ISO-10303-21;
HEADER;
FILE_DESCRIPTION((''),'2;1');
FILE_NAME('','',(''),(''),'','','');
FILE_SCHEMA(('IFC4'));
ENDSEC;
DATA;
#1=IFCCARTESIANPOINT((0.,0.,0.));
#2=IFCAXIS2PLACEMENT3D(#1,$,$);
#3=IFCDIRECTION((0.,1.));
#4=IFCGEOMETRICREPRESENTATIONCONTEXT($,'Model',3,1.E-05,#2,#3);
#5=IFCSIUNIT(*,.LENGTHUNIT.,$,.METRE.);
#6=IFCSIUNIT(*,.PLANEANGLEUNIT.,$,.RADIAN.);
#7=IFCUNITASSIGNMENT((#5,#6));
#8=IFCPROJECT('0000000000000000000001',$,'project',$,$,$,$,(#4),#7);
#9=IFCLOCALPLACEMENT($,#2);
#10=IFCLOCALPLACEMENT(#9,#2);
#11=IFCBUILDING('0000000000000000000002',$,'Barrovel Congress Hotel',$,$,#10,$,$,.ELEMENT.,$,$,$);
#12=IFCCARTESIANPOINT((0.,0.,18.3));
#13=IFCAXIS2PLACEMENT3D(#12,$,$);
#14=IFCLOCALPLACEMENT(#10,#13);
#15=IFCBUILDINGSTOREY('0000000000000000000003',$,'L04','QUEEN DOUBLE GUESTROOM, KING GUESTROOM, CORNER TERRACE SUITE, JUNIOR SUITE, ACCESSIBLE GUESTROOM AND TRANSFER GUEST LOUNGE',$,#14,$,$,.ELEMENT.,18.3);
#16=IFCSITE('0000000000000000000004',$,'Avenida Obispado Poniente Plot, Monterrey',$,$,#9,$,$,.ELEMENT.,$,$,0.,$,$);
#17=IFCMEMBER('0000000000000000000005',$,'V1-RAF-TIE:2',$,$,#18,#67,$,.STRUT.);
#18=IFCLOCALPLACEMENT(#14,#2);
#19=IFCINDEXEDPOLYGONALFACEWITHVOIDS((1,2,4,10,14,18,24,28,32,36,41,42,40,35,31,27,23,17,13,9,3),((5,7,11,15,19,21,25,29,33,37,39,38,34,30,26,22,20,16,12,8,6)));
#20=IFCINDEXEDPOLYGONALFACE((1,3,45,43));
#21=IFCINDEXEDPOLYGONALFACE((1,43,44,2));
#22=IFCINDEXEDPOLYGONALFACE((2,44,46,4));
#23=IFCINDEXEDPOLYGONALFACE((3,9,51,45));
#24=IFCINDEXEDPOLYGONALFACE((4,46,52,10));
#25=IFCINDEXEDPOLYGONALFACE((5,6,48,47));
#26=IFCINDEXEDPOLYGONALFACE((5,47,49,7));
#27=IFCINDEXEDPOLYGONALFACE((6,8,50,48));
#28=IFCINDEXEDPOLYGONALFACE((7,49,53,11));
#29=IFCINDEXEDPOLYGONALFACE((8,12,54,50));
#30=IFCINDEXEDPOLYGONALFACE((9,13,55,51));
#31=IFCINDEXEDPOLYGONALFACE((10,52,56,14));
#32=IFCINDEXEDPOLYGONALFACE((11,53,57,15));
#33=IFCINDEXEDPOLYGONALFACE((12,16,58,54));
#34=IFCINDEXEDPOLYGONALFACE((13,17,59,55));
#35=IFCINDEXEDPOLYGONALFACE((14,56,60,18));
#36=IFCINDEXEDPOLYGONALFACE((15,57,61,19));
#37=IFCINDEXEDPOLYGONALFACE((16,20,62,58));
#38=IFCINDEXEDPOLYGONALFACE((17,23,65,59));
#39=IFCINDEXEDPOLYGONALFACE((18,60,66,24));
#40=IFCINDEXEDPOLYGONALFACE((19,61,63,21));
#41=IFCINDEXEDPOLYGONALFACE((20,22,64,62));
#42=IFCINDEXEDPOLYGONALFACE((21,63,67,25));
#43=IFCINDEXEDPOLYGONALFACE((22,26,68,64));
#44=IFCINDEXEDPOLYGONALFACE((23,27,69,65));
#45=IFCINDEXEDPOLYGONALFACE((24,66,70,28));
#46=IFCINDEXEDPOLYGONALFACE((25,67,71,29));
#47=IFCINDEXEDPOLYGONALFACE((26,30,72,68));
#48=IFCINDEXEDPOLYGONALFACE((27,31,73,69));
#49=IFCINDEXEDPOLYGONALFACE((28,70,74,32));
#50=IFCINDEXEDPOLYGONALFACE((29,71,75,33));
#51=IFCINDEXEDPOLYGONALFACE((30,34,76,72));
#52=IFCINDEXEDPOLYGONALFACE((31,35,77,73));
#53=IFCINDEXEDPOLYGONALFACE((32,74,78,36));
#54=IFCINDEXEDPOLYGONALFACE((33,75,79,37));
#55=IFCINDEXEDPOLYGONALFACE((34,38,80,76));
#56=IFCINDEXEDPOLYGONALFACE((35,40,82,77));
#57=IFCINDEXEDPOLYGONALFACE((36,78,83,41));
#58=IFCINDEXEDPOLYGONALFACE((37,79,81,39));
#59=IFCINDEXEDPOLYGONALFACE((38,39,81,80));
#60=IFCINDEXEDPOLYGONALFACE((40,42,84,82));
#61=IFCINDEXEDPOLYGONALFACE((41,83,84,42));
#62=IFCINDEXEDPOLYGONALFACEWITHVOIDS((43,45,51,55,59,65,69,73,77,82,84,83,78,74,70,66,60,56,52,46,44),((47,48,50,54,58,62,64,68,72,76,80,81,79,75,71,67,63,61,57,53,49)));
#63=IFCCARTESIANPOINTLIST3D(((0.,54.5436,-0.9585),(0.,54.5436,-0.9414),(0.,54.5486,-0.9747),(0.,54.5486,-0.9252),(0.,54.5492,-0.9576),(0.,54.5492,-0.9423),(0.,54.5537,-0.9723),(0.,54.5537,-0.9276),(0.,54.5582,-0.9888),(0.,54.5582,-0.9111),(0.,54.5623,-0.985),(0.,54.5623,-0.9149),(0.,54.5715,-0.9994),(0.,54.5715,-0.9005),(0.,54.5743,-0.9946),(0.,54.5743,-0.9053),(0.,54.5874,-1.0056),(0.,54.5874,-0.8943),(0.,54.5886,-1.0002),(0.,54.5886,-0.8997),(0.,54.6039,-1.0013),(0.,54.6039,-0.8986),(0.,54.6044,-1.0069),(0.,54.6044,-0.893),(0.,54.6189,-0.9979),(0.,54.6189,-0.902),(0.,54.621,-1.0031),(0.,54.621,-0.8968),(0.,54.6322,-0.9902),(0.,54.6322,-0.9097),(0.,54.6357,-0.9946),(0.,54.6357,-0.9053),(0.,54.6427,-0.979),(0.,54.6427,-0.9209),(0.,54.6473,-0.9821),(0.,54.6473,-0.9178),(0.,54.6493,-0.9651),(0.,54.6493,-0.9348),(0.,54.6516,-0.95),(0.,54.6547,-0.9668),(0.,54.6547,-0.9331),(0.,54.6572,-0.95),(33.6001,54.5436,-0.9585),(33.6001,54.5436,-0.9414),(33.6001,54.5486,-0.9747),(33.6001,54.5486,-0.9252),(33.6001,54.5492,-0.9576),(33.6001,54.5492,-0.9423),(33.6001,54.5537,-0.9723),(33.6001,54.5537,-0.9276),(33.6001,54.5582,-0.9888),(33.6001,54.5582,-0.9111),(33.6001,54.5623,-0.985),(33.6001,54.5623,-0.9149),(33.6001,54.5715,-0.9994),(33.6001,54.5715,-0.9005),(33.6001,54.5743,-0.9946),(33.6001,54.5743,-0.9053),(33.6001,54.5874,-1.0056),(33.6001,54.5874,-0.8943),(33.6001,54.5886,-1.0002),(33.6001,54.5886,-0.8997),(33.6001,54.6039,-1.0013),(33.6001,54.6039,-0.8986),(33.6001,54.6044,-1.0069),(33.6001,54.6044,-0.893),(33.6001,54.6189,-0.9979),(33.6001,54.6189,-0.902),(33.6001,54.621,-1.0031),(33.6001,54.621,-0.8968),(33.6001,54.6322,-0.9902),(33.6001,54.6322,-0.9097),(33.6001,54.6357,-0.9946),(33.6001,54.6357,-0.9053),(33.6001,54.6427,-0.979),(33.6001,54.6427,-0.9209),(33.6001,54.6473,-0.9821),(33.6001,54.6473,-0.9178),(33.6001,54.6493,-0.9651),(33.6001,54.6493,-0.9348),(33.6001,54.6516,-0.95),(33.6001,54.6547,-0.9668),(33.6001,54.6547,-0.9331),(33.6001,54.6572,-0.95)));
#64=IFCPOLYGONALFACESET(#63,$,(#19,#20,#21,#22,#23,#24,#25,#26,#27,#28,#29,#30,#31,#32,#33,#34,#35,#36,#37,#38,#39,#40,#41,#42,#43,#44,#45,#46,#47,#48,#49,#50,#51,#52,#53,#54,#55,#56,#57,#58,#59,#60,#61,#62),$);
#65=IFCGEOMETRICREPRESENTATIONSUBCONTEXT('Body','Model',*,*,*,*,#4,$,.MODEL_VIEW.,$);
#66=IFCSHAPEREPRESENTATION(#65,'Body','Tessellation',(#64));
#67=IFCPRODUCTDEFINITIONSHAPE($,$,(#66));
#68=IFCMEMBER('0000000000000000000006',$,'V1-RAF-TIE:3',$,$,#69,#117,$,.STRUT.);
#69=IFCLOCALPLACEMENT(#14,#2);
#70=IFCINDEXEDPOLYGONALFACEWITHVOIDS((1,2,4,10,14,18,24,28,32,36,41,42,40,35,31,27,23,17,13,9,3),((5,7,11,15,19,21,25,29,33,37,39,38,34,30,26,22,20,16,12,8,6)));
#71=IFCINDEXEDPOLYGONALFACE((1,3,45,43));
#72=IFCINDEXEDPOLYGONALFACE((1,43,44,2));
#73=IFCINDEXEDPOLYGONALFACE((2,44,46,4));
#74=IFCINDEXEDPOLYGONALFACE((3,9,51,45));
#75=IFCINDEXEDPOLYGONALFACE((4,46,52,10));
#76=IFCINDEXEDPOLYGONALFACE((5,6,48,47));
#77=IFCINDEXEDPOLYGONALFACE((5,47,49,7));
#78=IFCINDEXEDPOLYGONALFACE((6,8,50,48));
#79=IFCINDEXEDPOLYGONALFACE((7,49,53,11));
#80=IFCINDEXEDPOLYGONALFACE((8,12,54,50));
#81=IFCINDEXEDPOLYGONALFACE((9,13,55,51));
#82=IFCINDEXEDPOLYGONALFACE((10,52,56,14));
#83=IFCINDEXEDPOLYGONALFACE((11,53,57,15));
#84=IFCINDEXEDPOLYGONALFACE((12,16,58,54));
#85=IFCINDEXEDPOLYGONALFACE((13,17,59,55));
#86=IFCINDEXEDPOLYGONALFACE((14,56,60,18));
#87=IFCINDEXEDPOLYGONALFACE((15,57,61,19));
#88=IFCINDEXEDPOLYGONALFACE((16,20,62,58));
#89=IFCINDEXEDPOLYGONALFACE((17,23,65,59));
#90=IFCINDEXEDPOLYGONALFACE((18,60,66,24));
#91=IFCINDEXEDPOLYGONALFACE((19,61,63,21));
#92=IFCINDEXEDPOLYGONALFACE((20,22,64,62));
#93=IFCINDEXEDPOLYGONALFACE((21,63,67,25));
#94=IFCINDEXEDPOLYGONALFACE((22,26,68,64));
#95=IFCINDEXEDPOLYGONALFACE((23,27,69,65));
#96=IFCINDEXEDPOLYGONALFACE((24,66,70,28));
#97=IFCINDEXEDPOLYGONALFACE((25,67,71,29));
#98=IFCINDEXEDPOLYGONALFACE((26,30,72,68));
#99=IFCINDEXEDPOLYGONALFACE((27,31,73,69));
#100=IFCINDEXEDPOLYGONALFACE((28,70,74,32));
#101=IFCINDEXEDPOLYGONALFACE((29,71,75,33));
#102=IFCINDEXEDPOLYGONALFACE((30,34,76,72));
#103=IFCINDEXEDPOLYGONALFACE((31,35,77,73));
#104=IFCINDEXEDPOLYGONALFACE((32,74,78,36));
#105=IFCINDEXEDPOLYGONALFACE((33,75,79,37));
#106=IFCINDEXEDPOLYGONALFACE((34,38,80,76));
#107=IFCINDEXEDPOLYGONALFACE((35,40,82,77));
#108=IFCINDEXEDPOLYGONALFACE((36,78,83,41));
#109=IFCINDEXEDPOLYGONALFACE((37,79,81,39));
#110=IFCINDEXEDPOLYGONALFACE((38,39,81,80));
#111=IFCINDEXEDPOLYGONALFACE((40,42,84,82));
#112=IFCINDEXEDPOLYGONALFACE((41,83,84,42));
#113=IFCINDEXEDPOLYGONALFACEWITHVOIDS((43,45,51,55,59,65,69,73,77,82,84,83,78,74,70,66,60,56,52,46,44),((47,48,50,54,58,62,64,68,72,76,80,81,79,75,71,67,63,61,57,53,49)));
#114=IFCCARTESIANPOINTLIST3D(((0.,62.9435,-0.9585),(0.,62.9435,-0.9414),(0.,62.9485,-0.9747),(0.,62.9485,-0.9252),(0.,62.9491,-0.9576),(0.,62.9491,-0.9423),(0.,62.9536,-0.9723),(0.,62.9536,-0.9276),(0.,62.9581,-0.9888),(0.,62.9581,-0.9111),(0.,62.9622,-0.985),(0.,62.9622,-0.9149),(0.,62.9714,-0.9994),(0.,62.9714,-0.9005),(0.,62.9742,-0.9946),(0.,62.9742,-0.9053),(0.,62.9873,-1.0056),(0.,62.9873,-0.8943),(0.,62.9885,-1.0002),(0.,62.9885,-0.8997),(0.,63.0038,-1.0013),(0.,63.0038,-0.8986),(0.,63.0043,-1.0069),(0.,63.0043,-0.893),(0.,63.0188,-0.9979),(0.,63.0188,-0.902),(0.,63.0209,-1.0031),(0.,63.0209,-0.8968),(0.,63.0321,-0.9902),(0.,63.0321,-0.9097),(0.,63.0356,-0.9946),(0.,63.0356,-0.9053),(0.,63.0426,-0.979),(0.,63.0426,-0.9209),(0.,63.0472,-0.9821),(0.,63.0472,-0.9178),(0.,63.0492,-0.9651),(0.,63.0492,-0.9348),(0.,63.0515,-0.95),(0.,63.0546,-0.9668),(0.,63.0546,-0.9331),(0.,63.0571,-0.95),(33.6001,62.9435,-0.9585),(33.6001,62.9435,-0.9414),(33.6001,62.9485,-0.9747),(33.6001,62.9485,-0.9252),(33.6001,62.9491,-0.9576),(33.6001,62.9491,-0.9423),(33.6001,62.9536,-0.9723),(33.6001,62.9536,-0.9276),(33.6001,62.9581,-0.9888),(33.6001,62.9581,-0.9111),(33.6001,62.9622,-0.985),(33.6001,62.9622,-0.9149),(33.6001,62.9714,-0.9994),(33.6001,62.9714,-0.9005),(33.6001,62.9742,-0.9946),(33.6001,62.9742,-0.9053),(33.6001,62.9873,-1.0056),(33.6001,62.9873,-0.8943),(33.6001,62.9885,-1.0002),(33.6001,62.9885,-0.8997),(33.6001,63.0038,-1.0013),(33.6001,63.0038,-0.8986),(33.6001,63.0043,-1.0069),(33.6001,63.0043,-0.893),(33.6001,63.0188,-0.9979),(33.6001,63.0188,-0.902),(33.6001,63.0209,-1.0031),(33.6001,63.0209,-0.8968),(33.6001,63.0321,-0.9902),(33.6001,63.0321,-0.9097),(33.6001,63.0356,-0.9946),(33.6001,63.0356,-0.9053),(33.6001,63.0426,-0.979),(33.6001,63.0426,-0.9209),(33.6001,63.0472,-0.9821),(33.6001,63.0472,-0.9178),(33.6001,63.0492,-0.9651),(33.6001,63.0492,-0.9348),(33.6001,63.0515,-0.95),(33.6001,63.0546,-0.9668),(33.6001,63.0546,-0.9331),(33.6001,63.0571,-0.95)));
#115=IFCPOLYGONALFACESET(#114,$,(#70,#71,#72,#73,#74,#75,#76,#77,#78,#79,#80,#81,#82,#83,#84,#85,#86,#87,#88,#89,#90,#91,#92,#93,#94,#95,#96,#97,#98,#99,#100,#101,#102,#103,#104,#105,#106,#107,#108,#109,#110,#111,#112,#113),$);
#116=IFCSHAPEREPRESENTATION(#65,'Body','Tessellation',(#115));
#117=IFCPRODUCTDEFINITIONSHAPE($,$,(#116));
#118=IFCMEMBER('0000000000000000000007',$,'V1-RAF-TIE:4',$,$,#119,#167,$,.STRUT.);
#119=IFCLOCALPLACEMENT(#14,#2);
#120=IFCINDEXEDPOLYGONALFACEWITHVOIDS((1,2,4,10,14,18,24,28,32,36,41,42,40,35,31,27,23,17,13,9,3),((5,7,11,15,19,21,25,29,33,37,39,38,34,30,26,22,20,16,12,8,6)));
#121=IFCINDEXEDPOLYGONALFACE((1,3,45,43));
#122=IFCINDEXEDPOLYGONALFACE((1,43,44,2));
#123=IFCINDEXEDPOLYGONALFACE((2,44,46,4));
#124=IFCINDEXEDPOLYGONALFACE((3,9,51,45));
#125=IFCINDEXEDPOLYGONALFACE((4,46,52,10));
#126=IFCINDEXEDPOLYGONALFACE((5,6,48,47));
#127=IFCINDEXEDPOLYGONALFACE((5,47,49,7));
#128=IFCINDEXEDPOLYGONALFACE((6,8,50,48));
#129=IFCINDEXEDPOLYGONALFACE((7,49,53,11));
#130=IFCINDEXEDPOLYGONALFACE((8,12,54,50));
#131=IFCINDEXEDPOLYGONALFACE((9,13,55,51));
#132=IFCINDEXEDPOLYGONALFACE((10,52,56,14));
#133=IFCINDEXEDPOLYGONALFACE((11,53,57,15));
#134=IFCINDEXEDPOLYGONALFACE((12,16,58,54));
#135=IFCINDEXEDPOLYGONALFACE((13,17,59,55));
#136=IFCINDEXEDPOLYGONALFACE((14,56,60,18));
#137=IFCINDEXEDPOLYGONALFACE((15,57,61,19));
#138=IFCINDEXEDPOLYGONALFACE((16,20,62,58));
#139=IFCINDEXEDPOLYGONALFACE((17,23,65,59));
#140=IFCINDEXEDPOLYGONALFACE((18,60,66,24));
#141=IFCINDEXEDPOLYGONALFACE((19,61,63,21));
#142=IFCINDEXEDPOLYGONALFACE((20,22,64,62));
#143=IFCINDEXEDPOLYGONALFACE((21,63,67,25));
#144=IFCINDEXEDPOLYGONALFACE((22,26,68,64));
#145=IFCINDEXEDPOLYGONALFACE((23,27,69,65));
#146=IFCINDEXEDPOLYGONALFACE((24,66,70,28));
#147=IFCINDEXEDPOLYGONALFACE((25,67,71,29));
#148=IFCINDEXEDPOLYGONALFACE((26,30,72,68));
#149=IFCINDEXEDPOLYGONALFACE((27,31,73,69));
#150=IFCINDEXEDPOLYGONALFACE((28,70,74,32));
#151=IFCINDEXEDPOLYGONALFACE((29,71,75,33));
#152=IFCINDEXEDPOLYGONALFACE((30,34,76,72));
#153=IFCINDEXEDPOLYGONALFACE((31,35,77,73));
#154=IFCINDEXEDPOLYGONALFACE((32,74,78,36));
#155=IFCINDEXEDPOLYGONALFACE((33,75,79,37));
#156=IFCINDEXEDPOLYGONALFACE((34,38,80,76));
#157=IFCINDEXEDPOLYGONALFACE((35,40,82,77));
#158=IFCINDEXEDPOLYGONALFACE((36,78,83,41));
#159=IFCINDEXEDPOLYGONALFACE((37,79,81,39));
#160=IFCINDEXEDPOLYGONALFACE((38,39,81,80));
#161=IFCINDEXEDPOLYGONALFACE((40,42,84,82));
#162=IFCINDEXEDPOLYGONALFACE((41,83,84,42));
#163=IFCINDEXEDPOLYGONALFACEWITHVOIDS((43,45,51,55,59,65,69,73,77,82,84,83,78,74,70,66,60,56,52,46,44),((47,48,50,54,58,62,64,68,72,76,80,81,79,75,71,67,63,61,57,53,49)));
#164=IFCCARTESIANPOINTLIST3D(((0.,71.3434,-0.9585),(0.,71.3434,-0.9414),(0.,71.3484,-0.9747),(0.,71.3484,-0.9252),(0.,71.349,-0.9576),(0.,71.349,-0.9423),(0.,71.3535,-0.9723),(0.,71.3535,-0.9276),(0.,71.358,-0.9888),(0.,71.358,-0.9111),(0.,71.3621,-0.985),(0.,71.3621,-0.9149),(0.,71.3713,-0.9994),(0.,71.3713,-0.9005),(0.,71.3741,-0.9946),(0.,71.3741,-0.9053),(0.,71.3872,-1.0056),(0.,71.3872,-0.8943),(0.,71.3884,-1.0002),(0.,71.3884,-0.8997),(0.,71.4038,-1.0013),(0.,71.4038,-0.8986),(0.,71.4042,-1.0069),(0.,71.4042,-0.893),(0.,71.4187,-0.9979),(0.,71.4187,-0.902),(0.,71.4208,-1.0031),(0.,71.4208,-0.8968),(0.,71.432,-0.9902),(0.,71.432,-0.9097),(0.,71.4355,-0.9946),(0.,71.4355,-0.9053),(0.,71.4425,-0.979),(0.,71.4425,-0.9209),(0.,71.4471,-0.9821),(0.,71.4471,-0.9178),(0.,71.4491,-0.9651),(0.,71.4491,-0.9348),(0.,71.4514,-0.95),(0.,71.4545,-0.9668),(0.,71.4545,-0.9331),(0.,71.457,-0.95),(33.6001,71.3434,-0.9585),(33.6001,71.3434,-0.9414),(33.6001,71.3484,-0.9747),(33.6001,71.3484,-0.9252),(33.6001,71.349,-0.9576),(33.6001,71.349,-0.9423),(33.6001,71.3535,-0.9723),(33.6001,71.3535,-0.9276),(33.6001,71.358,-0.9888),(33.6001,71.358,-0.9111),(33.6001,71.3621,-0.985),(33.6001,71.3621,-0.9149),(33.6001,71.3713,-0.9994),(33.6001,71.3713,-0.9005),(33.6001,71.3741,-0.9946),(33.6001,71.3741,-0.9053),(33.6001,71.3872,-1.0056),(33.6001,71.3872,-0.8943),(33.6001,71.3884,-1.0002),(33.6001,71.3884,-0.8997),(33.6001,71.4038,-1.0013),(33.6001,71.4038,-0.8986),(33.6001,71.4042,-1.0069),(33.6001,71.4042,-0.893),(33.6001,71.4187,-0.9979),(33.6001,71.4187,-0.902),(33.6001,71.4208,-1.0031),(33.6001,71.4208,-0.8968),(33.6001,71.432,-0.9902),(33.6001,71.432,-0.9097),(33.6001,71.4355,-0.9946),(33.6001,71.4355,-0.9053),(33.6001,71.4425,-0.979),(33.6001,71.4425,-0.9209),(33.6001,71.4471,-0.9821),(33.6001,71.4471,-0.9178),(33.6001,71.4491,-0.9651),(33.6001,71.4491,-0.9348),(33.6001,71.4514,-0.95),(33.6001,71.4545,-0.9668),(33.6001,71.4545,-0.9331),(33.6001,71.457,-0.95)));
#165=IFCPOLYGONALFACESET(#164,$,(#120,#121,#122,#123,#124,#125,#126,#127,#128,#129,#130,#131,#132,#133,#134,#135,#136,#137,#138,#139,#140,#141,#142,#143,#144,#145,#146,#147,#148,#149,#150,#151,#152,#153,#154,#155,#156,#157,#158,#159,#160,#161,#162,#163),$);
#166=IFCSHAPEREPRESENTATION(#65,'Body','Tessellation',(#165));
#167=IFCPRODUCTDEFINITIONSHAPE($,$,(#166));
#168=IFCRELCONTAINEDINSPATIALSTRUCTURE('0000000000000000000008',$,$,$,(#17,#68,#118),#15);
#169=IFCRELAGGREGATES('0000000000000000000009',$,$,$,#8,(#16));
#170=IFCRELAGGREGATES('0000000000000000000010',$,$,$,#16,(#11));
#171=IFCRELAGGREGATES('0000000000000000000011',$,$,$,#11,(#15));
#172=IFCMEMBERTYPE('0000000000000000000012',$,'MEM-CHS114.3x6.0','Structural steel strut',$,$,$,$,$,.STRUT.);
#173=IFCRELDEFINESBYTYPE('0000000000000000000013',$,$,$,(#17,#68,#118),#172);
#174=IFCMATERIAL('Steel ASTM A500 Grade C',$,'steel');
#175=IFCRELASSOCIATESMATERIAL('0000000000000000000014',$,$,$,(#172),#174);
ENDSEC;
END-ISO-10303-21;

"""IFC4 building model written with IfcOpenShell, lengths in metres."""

from ifc_helpers import new_model, si_unit, direction, frame, origin, origin_2d, place, context, subcontext, project, spatial, hollow_circle, extrude, material, material_profile, profile_set, type_object, element, save


model = new_model("IFC4")

# Units and contexts
model_context = context("Model", 3, precision=1e-05, world=origin(), true_north=direction((0.0, 1.0)))
body_context = subcontext(model_context, "Body", "Model", "MODEL_VIEW")
ifc_project = project(units=[si_unit("LENGTHUNIT", "METRE"), si_unit("PLANEANGLEUNIT", "RADIAN")], contexts=[model_context])

# Site, building, storey
site_placement = place(None, origin())
site = spatial("IfcSite", under=ifc_project, at=site_placement, Name="Avenida Obispado Poniente Plot, Monterrey", CompositionType="ELEMENT", RefElevation=0.0)
building_placement = place(site_placement, origin())
building = spatial("IfcBuilding", under=site, at=building_placement, Name="Barrovel Congress Hotel", CompositionType="ELEMENT")
storey_placement = place(building_placement, frame((0.0, 0.0, 18.3)))
storey = spatial("IfcBuildingStorey", under=building, at=storey_placement, Name="L04", Description="QUEEN DOUBLE GUESTROOM, KING GUESTROOM, CORNER TERRACE SUITE, JUNIOR SUITE, ACCESSIBLE GUESTROOM AND TRANSFER GUEST LOUNGE", CompositionType="ELEMENT", Elevation=18.3)

# Members
ifc_material_1 = material(Name="Steel ASTM A500 Grade C", Category="steel")
ifc_material_profile_1 = material_profile(ifc_material_1, hollow_circle(Radius=0.0571, WallThickness=0.0056, at=origin_2d()), Name="CHS114.3x6.0")
ifc_profile_set_1 = profile_set([ifc_material_profile_1], Name="Steel ASTM A500 Grade C")
member_type_1 = type_object("IfcMemberType", Name="MEM-CHS114.3x6.0", Description="Structural steel strut", PredefinedType="STRUT", material=ifc_profile_set_1)
for number, where, z_axis, x_axis, name in (
    (1, (0.0, 54.6001, -0.95), (1.0, 0.0, 0.0), (0.0, 1.0, 0.0), "V1-RAF-TIE:2"),
    (2, (0.0, 63.0, -0.95), (1.0, 0.0, 0.0), (0.0, 1.0, 0.0), "V1-RAF-TIE:3"),
    (3, (0.0, 71.3999, -0.95), (1.0, 0.0, 0.0), (0.0, 1.0, 0.0), "V1-RAF-TIE:4"),
):
    element("IfcMember", number, at=place(storey_placement, frame(where, z_axis=z_axis, x_axis=x_axis)), inside=storey, type_object=member_type_1, Name=name, PredefinedType="STRUT", context=body_context, shape_type="SweptSolid", body=[
        extrude(hollow_circle(Radius=0.0571, WallThickness=0.0056, at=origin_2d()), origin(), (0.0, 0.0, 1.0), 33.6001),
    ])

save(model, "model.ifc")
